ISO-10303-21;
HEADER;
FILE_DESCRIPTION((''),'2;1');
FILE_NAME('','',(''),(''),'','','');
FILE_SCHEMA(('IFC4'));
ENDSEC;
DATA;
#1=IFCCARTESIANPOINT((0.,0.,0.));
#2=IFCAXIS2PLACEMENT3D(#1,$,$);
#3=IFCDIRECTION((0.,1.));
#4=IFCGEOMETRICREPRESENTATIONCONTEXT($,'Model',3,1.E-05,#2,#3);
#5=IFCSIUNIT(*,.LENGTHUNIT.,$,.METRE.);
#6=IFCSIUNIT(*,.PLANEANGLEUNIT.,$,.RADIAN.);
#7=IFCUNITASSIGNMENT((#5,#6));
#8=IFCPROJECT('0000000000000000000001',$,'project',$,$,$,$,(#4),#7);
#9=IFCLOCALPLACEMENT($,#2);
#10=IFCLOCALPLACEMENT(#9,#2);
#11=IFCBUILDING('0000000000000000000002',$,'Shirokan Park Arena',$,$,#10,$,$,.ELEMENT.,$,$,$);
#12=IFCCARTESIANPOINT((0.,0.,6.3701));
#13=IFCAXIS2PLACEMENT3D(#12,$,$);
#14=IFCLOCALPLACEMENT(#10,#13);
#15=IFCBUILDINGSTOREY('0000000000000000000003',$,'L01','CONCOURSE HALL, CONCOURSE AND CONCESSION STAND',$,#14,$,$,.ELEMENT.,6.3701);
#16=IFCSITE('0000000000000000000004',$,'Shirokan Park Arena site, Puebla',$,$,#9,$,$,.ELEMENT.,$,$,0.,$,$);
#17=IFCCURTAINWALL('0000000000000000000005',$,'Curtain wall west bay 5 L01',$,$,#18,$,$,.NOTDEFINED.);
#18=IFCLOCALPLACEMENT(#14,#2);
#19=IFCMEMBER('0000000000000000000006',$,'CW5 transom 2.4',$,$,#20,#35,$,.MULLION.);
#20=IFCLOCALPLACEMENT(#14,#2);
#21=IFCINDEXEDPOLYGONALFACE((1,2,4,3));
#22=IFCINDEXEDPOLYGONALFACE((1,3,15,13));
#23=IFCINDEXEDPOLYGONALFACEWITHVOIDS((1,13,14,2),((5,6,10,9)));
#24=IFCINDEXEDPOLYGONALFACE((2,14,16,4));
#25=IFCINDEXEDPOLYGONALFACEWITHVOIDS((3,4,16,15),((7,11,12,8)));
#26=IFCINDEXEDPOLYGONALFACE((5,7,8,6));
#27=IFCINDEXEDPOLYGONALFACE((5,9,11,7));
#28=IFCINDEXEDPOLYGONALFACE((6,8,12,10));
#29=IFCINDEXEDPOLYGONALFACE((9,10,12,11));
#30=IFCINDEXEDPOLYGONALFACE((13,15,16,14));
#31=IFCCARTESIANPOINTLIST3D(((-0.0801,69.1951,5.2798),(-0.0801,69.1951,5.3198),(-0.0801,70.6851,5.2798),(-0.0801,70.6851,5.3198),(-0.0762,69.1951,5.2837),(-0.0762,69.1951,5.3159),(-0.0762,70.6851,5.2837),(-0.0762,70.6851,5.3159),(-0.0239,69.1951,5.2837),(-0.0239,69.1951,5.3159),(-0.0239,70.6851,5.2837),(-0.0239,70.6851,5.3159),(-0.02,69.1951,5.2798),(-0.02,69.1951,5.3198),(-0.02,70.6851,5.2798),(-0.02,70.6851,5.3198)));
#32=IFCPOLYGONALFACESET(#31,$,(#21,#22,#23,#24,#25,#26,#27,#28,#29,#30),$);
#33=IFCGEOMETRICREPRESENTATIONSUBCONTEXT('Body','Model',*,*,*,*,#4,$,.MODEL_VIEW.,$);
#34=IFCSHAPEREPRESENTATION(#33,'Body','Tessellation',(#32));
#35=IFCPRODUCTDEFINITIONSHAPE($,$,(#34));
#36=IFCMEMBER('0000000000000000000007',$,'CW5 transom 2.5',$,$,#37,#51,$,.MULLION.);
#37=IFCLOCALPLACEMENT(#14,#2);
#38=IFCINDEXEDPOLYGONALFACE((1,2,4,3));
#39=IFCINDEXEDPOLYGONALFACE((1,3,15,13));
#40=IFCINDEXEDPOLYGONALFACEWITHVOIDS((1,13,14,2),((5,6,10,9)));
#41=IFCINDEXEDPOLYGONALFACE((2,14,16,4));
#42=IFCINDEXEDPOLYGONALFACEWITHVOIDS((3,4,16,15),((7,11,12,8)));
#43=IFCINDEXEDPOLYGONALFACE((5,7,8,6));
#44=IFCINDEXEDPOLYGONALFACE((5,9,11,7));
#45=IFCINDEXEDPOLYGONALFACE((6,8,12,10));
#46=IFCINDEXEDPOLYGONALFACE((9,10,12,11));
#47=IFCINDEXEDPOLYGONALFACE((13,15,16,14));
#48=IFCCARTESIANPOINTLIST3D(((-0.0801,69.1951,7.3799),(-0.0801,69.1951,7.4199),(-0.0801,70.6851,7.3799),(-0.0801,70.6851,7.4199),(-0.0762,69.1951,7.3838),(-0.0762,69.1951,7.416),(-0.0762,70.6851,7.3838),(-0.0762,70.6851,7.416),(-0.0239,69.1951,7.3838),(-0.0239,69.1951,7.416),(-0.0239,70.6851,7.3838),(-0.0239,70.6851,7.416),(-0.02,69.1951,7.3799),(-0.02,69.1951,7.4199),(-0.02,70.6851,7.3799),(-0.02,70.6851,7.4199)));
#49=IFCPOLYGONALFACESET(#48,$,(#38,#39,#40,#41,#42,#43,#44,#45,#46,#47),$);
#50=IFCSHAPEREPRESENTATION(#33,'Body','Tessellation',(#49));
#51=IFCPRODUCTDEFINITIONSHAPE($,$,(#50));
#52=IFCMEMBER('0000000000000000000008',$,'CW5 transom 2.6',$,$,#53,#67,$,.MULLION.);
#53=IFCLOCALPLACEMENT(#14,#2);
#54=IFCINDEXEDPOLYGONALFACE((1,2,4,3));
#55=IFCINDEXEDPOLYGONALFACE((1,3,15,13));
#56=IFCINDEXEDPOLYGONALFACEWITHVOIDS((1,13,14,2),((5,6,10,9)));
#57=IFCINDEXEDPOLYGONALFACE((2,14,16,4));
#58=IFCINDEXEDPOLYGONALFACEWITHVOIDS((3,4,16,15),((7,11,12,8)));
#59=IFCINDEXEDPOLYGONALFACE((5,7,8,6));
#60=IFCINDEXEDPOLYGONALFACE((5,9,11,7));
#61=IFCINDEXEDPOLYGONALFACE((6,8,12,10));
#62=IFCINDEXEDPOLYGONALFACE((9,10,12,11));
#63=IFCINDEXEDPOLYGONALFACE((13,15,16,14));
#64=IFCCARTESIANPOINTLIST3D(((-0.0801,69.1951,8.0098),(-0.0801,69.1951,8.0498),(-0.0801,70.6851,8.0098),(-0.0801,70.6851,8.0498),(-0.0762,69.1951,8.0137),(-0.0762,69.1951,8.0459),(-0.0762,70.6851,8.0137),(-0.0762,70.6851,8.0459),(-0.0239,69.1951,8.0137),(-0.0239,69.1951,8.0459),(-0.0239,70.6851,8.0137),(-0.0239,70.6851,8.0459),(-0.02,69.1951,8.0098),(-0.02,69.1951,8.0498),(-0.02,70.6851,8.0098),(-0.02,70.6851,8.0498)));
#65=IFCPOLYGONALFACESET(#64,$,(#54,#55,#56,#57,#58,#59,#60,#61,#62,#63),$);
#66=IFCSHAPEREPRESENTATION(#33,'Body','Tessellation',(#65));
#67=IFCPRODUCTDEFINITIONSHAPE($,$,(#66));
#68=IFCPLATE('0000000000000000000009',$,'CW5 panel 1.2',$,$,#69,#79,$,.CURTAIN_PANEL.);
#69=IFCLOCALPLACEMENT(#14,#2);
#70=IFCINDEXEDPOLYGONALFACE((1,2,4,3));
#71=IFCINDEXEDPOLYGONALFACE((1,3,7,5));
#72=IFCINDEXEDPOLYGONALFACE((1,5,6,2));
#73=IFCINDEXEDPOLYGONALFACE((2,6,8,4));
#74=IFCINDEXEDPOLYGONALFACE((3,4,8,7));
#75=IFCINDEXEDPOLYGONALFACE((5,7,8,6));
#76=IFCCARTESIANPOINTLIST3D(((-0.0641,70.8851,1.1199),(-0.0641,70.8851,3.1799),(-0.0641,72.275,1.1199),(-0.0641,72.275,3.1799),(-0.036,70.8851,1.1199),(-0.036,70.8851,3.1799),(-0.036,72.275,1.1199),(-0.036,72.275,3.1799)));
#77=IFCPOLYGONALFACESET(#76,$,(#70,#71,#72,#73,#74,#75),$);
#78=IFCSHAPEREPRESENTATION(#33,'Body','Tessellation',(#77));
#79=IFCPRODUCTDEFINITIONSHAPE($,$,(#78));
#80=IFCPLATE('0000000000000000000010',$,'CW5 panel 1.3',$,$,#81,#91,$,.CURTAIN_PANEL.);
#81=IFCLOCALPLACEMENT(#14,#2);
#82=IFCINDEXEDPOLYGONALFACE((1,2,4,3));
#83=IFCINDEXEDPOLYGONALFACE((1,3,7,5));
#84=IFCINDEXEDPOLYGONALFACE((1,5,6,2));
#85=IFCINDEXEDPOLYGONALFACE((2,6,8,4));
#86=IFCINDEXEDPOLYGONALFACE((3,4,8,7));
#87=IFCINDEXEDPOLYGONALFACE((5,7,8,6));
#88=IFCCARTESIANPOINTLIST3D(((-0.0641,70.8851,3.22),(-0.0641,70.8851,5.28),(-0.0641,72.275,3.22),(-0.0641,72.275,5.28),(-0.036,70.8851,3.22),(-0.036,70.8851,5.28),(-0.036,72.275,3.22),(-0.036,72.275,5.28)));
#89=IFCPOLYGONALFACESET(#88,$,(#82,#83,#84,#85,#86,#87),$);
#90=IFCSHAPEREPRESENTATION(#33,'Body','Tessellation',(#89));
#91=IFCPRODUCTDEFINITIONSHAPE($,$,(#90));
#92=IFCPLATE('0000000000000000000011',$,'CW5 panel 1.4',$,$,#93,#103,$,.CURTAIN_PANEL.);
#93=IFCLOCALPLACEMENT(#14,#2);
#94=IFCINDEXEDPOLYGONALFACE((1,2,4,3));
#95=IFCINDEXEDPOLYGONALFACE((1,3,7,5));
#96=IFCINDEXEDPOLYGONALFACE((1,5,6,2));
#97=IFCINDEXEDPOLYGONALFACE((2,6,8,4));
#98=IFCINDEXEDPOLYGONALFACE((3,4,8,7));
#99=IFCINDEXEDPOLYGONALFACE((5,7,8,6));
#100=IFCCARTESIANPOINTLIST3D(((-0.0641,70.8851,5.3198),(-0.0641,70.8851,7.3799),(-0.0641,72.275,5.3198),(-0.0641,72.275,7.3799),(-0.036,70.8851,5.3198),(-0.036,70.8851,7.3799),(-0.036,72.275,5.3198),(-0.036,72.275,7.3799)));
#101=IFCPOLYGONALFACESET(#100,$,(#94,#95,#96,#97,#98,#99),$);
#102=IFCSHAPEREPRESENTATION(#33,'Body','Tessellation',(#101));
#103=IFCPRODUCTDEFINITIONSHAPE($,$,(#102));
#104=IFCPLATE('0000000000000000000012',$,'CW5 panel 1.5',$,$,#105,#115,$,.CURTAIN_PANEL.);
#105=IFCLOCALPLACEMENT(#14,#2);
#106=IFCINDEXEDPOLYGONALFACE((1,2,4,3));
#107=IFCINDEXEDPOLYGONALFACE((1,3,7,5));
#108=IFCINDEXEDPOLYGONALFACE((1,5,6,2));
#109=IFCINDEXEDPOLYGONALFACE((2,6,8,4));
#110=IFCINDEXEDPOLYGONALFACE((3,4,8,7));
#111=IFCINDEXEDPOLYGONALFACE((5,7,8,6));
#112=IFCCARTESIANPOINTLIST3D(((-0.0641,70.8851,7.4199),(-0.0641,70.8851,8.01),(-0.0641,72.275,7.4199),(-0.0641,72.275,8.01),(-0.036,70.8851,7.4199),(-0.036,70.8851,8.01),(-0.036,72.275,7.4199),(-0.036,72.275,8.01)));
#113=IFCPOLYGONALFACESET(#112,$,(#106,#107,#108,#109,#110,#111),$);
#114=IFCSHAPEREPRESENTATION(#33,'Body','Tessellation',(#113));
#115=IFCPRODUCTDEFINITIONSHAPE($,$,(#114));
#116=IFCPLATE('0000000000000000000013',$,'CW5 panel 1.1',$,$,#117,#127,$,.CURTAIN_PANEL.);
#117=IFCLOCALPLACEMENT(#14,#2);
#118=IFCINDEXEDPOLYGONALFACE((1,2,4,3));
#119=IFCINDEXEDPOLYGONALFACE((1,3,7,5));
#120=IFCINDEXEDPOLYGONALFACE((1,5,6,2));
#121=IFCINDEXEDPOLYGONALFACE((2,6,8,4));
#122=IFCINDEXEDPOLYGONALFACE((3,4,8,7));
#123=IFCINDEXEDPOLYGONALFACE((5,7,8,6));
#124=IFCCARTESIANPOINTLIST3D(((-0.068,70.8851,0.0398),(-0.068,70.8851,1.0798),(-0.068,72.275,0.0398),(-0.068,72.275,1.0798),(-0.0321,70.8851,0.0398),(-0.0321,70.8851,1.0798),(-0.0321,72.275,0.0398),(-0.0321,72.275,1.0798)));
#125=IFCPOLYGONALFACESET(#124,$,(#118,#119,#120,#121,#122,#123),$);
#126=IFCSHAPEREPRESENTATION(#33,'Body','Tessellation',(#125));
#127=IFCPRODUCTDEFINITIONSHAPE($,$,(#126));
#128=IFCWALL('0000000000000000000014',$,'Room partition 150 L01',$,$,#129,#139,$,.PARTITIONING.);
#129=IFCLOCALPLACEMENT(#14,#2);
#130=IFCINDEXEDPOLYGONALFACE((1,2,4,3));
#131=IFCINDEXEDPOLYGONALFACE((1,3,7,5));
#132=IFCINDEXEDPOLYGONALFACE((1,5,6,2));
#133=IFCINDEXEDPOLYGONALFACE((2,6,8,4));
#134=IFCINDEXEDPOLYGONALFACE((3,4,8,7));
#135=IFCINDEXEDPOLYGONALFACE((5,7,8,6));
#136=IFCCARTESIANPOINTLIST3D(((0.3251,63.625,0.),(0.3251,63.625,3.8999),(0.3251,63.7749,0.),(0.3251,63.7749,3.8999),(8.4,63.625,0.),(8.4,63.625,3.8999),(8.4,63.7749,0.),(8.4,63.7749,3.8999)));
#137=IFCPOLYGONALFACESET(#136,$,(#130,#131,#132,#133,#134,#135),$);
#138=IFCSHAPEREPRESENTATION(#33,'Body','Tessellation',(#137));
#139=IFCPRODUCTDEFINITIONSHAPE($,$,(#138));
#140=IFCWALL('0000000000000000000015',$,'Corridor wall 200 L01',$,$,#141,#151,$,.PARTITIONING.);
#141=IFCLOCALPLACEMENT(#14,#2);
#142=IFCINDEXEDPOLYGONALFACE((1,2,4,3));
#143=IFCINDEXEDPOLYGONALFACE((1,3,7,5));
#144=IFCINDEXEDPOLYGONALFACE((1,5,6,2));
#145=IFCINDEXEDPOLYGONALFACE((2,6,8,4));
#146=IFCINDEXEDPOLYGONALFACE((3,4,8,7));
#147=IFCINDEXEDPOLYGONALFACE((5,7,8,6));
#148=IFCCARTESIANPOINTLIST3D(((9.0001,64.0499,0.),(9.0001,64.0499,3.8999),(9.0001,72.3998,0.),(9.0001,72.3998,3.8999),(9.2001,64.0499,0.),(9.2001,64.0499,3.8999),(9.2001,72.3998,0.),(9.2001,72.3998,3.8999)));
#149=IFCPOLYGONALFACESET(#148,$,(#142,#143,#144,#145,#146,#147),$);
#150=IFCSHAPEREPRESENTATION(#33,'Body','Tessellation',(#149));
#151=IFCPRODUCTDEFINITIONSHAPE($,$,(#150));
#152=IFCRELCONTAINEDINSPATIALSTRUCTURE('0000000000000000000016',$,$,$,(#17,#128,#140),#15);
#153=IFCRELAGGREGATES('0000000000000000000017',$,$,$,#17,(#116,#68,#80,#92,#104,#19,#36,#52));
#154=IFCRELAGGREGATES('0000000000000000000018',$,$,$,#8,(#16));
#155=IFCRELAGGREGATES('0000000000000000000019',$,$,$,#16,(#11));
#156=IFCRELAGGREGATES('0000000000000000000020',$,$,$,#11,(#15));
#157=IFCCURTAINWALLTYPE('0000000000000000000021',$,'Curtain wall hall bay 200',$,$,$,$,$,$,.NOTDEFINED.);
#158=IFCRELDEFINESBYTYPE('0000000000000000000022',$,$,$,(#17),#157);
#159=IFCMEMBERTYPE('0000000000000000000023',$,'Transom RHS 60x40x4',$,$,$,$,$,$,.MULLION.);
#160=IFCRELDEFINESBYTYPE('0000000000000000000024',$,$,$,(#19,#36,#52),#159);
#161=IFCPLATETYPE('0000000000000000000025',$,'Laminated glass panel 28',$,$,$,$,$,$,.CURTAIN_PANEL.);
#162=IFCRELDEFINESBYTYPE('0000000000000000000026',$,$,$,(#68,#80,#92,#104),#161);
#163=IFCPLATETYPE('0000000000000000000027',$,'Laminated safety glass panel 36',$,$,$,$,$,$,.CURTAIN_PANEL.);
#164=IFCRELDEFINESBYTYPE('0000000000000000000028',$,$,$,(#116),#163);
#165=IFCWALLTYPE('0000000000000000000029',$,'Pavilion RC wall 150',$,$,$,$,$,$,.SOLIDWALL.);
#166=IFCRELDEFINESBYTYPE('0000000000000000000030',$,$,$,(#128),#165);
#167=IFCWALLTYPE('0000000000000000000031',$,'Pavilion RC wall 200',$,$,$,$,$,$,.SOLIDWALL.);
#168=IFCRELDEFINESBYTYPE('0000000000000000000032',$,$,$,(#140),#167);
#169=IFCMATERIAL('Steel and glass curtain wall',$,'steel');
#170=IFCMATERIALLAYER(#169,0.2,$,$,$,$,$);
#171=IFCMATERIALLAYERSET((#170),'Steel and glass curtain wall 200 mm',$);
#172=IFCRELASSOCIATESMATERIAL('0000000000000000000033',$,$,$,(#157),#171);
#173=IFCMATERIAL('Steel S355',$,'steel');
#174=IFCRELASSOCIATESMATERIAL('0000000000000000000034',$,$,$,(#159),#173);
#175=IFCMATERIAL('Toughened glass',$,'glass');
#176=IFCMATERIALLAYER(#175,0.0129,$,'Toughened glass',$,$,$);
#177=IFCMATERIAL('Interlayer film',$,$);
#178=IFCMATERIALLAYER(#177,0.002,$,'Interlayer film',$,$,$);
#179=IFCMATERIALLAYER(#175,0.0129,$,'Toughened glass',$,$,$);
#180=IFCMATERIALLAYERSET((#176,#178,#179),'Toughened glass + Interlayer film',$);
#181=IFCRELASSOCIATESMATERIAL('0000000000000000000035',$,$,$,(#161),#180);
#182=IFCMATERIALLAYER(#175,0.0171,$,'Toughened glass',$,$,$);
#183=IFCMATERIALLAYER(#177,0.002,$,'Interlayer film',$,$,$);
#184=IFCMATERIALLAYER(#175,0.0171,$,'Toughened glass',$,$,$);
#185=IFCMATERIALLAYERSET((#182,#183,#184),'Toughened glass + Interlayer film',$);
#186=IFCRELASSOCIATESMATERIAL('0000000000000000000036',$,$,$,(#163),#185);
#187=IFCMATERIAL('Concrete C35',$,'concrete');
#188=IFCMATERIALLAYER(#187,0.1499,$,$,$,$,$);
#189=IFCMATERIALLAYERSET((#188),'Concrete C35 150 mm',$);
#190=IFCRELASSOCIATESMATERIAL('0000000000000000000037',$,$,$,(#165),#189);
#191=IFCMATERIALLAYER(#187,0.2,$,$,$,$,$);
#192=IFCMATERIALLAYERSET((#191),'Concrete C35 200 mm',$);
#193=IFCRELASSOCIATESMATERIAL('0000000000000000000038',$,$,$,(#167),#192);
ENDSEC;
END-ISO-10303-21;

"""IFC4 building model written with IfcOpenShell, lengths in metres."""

from ifc_helpers import new_model, si_unit, direction, frame, frame_2d, origin, origin_2d, place, context, subcontext, project, spatial, rectangle, hollow_rectangle, extrude, material, layer, layer_set, material_profile, profile_set, type_object, element, aggregate, save


model = new_model("IFC4")

# Units and contexts
model_context = context("Model", 3, precision=1e-05, world=origin(), true_north=direction((0.0, 1.0)))
body_context = subcontext(model_context, "Body", "Model", "MODEL_VIEW")
ifc_project = project(units=[si_unit("LENGTHUNIT", "METRE"), si_unit("PLANEANGLEUNIT", "RADIAN")], contexts=[model_context])

# Site, building, storey
site_placement = place(None, origin())
site = spatial("IfcSite", under=ifc_project, at=site_placement, Name="Shirokan Park Arena site, Puebla", CompositionType="ELEMENT", RefElevation=0.0)
building_placement = place(site_placement, origin())
building = spatial("IfcBuilding", under=site, at=building_placement, Name="Shirokan Park Arena", CompositionType="ELEMENT")
storey_placement = place(building_placement, frame((0.0, 0.0, 6.3701)))
storey = spatial("IfcBuildingStorey", under=building, at=storey_placement, Name="L01", Description="CONCOURSE HALL, CONCOURSE AND CONCESSION STAND", CompositionType="ELEMENT", Elevation=6.3701)

# Shared definitions
ifc_material_1 = material(Name="Concrete C35", Category="concrete")

# Curtain wall
ifc_material_2 = material(Name="Steel and glass curtain wall", Category="steel")
ifc_layer_1 = layer(ifc_material_2, 0.2)
ifc_layer_set_1 = layer_set([ifc_layer_1], Name="Steel and glass curtain wall 200 mm")
curtain_wall_type = type_object("IfcCurtainWallType", Name="Curtain wall hall bay 200", PredefinedType="NOTDEFINED", material=ifc_layer_set_1)
curtain_wall_placement = place(storey_placement, origin())
curtain_wall = element("IfcCurtainWall", 1, at=curtain_wall_placement, inside=storey, type_object=curtain_wall_type, Name="Curtain wall west bay 5 L01", PredefinedType="NOTDEFINED")
ifc_material_3 = material(Name="Steel S355", Category="steel")

# Members
ifc_material_profile_1 = material_profile(ifc_material_3, hollow_rectangle(XDim=0.0601, YDim=0.04, WallThickness=0.0039, at=origin_2d()), Name="RHS 60x40x4")
ifc_profile_set_1 = profile_set([ifc_material_profile_1], Name="Steel S355")
member_type_1 = type_object("IfcMemberType", Name="Transom RHS 60x40x4", PredefinedType="MULLION", material=ifc_profile_set_1)
member_1_placement = place(storey_placement, frame((-0.05, 70.6851, 5.2998), z_axis=(0.0, -1.0, 0.0), x_axis=(1.0, 0.0, 0.0)))
member_1 = element("IfcMember", 2, at=member_1_placement, type_object=member_type_1, Name="CW5 transom 2.4", PredefinedType="MULLION", context=body_context, shape_type="SweptSolid", body=[
    extrude(hollow_rectangle(XDim=0.0601, YDim=0.04, WallThickness=0.0039, at=origin_2d()), origin(), (0.0, 0.0, 1.0), 1.49),
])
member_2_placement = place(storey_placement, frame((-0.05, 70.6851, 7.3999), z_axis=(0.0, -1.0, 0.0), x_axis=(1.0, 0.0, 0.0)))
member_2 = element("IfcMember", 3, at=member_2_placement, type_object=member_type_1, Name="CW5 transom 2.5", PredefinedType="MULLION", context=body_context, shape_type="SweptSolid", body=[
    extrude(hollow_rectangle(XDim=0.0601, YDim=0.04, WallThickness=0.0039, at=origin_2d()), origin(), (0.0, 0.0, 1.0), 1.49),
])
member_3_placement = place(storey_placement, frame((-0.05, 70.6851, 8.0298), z_axis=(0.0, -1.0, 0.0), x_axis=(1.0, 0.0, 0.0)))
member_3 = element("IfcMember", 4, at=member_3_placement, type_object=member_type_1, Name="CW5 transom 2.6", PredefinedType="MULLION", context=body_context, shape_type="SweptSolid", body=[
    extrude(hollow_rectangle(XDim=0.0601, YDim=0.04, WallThickness=0.0039, at=origin_2d()), origin(), (0.0, 0.0, 1.0), 1.49),
])

# Plates
ifc_material_4 = material(Name="Toughened glass", Category="glass")
ifc_layer_2 = layer(ifc_material_4, 0.0129, Name="Toughened glass")
ifc_material_5 = material(Name="Interlayer film")
ifc_layer_3 = layer(ifc_material_5, 0.002, Name="Interlayer film")
ifc_layer_4 = layer(ifc_material_4, 0.0129, Name="Toughened glass")
ifc_layer_set_2 = layer_set([ifc_layer_2, ifc_layer_3, ifc_layer_4], Name="Toughened glass + Interlayer film")
plate_type_1 = type_object("IfcPlateType", Name="Laminated glass panel 28", PredefinedType="CURTAIN_PANEL", material=ifc_layer_set_2)
plate_1_placement = place(storey_placement, frame((-0.05, 71.5801, 1.1199), z_axis=(0.0, 0.0, 1.0), x_axis=(0.0, -1.0, 0.0)))
plate_1 = element("IfcPlate", 5, at=plate_1_placement, type_object=plate_type_1, Name="CW5 panel 1.2", PredefinedType="CURTAIN_PANEL", context=body_context, shape_type="SweptSolid", body=[
    extrude(rectangle(XDim=1.3899, YDim=0.0281, at=origin_2d()), origin(), (0.0, 0.0, 1.0), 2.0601),
])
plate_2_placement = place(storey_placement, frame((-0.05, 71.5801, 3.22), z_axis=(0.0, 0.0, 1.0), x_axis=(0.0, -1.0, 0.0)))
plate_2 = element("IfcPlate", 6, at=plate_2_placement, type_object=plate_type_1, Name="CW5 panel 1.3", PredefinedType="CURTAIN_PANEL", context=body_context, shape_type="SweptSolid", body=[
    extrude(rectangle(XDim=1.3899, YDim=0.0281, at=origin_2d()), origin(), (0.0, 0.0, 1.0), 2.0601),
])
plate_3_placement = place(storey_placement, frame((-0.05, 71.5801, 5.3198), z_axis=(0.0, 0.0, 1.0), x_axis=(0.0, -1.0, 0.0)))
plate_3 = element("IfcPlate", 7, at=plate_3_placement, type_object=plate_type_1, Name="CW5 panel 1.4", PredefinedType="CURTAIN_PANEL", context=body_context, shape_type="SweptSolid", body=[
    extrude(rectangle(XDim=1.3899, YDim=0.0281, at=origin_2d()), origin(), (0.0, 0.0, 1.0), 2.0601),
])
plate_4_placement = place(storey_placement, frame((-0.05, 71.5801, 7.4199), z_axis=(0.0, 0.0, 1.0), x_axis=(0.0, -1.0, 0.0)))
plate_4 = element("IfcPlate", 8, at=plate_4_placement, type_object=plate_type_1, Name="CW5 panel 1.5", PredefinedType="CURTAIN_PANEL", context=body_context, shape_type="SweptSolid", body=[
    extrude(rectangle(XDim=1.3899, YDim=0.0281, at=origin_2d()), origin(), (0.0, 0.0, 1.0), 0.5901),
])
ifc_layer_5 = layer(ifc_material_4, 0.0171, Name="Toughened glass")
ifc_layer_6 = layer(ifc_material_5, 0.002, Name="Interlayer film")
ifc_layer_7 = layer(ifc_material_4, 0.0171, Name="Toughened glass")
ifc_layer_set_3 = layer_set([ifc_layer_5, ifc_layer_6, ifc_layer_7], Name="Toughened glass + Interlayer film")
plate_type_2 = type_object("IfcPlateType", Name="Laminated safety glass panel 36", PredefinedType="CURTAIN_PANEL", material=ifc_layer_set_3)
plate_5_placement = place(storey_placement, frame((-0.05, 71.5801, 0.0398), z_axis=(0.0, 0.0, 1.0), x_axis=(0.0, -1.0, 0.0)))
plate_5 = element("IfcPlate", 9, at=plate_5_placement, type_object=plate_type_2, Name="CW5 panel 1.1", PredefinedType="CURTAIN_PANEL", context=body_context, shape_type="SweptSolid", body=[
    extrude(rectangle(XDim=1.3899, YDim=0.0359, at=origin_2d()), origin(), (0.0, 0.0, 1.0), 1.04),
])
aggregate(curtain_wall, [plate_5, plate_1, plate_2, plate_3, plate_4, member_1, member_2, member_3])

# Walls
ifc_layer_8 = layer(ifc_material_1, 0.1499)
ifc_layer_set_4 = layer_set([ifc_layer_8], Name="Concrete C35 150 mm")
wall_type_1 = type_object("IfcWallType", Name="Pavilion RC wall 150", PredefinedType="SOLIDWALL", material=ifc_layer_set_4)
wall_1_placement = place(storey_placement, frame((0.325, 63.7, 0.0), z_axis=(0.0, 0.0, 1.0), x_axis=(1.0, 0.0, 0.0)))
element("IfcWall", 10, at=wall_1_placement, inside=storey, type_object=wall_type_1, Name="Room partition 150 L01", PredefinedType="PARTITIONING", context=body_context, shape_type="SweptSolid", body=[
    extrude(rectangle(XDim=8.075, YDim=0.1499, at=frame_2d((4.0376, 0.0))), origin(), (0.0, 0.0, 1.0), 3.8999),
])
ifc_layer_9 = layer(ifc_material_1, 0.2)
ifc_layer_set_5 = layer_set([ifc_layer_9], Name="Concrete C35 200 mm")
wall_type_2 = type_object("IfcWallType", Name="Pavilion RC wall 200", PredefinedType="SOLIDWALL", material=ifc_layer_set_5)
wall_2_placement = place(storey_placement, frame((9.1001, 64.05, 0.0), z_axis=(0.0, 0.0, 1.0), x_axis=(0.0, 1.0, 0.0)))
element("IfcWall", 11, at=wall_2_placement, inside=storey, type_object=wall_type_2, Name="Corridor wall 200 L01", PredefinedType="PARTITIONING", context=body_context, shape_type="SweptSolid", body=[
    extrude(rectangle(XDim=8.3499, YDim=0.2, at=frame_2d((4.1748, 0.0))), origin(), (0.0, 0.0, 1.0), 3.8999),
])

save(model, "model.ifc")
